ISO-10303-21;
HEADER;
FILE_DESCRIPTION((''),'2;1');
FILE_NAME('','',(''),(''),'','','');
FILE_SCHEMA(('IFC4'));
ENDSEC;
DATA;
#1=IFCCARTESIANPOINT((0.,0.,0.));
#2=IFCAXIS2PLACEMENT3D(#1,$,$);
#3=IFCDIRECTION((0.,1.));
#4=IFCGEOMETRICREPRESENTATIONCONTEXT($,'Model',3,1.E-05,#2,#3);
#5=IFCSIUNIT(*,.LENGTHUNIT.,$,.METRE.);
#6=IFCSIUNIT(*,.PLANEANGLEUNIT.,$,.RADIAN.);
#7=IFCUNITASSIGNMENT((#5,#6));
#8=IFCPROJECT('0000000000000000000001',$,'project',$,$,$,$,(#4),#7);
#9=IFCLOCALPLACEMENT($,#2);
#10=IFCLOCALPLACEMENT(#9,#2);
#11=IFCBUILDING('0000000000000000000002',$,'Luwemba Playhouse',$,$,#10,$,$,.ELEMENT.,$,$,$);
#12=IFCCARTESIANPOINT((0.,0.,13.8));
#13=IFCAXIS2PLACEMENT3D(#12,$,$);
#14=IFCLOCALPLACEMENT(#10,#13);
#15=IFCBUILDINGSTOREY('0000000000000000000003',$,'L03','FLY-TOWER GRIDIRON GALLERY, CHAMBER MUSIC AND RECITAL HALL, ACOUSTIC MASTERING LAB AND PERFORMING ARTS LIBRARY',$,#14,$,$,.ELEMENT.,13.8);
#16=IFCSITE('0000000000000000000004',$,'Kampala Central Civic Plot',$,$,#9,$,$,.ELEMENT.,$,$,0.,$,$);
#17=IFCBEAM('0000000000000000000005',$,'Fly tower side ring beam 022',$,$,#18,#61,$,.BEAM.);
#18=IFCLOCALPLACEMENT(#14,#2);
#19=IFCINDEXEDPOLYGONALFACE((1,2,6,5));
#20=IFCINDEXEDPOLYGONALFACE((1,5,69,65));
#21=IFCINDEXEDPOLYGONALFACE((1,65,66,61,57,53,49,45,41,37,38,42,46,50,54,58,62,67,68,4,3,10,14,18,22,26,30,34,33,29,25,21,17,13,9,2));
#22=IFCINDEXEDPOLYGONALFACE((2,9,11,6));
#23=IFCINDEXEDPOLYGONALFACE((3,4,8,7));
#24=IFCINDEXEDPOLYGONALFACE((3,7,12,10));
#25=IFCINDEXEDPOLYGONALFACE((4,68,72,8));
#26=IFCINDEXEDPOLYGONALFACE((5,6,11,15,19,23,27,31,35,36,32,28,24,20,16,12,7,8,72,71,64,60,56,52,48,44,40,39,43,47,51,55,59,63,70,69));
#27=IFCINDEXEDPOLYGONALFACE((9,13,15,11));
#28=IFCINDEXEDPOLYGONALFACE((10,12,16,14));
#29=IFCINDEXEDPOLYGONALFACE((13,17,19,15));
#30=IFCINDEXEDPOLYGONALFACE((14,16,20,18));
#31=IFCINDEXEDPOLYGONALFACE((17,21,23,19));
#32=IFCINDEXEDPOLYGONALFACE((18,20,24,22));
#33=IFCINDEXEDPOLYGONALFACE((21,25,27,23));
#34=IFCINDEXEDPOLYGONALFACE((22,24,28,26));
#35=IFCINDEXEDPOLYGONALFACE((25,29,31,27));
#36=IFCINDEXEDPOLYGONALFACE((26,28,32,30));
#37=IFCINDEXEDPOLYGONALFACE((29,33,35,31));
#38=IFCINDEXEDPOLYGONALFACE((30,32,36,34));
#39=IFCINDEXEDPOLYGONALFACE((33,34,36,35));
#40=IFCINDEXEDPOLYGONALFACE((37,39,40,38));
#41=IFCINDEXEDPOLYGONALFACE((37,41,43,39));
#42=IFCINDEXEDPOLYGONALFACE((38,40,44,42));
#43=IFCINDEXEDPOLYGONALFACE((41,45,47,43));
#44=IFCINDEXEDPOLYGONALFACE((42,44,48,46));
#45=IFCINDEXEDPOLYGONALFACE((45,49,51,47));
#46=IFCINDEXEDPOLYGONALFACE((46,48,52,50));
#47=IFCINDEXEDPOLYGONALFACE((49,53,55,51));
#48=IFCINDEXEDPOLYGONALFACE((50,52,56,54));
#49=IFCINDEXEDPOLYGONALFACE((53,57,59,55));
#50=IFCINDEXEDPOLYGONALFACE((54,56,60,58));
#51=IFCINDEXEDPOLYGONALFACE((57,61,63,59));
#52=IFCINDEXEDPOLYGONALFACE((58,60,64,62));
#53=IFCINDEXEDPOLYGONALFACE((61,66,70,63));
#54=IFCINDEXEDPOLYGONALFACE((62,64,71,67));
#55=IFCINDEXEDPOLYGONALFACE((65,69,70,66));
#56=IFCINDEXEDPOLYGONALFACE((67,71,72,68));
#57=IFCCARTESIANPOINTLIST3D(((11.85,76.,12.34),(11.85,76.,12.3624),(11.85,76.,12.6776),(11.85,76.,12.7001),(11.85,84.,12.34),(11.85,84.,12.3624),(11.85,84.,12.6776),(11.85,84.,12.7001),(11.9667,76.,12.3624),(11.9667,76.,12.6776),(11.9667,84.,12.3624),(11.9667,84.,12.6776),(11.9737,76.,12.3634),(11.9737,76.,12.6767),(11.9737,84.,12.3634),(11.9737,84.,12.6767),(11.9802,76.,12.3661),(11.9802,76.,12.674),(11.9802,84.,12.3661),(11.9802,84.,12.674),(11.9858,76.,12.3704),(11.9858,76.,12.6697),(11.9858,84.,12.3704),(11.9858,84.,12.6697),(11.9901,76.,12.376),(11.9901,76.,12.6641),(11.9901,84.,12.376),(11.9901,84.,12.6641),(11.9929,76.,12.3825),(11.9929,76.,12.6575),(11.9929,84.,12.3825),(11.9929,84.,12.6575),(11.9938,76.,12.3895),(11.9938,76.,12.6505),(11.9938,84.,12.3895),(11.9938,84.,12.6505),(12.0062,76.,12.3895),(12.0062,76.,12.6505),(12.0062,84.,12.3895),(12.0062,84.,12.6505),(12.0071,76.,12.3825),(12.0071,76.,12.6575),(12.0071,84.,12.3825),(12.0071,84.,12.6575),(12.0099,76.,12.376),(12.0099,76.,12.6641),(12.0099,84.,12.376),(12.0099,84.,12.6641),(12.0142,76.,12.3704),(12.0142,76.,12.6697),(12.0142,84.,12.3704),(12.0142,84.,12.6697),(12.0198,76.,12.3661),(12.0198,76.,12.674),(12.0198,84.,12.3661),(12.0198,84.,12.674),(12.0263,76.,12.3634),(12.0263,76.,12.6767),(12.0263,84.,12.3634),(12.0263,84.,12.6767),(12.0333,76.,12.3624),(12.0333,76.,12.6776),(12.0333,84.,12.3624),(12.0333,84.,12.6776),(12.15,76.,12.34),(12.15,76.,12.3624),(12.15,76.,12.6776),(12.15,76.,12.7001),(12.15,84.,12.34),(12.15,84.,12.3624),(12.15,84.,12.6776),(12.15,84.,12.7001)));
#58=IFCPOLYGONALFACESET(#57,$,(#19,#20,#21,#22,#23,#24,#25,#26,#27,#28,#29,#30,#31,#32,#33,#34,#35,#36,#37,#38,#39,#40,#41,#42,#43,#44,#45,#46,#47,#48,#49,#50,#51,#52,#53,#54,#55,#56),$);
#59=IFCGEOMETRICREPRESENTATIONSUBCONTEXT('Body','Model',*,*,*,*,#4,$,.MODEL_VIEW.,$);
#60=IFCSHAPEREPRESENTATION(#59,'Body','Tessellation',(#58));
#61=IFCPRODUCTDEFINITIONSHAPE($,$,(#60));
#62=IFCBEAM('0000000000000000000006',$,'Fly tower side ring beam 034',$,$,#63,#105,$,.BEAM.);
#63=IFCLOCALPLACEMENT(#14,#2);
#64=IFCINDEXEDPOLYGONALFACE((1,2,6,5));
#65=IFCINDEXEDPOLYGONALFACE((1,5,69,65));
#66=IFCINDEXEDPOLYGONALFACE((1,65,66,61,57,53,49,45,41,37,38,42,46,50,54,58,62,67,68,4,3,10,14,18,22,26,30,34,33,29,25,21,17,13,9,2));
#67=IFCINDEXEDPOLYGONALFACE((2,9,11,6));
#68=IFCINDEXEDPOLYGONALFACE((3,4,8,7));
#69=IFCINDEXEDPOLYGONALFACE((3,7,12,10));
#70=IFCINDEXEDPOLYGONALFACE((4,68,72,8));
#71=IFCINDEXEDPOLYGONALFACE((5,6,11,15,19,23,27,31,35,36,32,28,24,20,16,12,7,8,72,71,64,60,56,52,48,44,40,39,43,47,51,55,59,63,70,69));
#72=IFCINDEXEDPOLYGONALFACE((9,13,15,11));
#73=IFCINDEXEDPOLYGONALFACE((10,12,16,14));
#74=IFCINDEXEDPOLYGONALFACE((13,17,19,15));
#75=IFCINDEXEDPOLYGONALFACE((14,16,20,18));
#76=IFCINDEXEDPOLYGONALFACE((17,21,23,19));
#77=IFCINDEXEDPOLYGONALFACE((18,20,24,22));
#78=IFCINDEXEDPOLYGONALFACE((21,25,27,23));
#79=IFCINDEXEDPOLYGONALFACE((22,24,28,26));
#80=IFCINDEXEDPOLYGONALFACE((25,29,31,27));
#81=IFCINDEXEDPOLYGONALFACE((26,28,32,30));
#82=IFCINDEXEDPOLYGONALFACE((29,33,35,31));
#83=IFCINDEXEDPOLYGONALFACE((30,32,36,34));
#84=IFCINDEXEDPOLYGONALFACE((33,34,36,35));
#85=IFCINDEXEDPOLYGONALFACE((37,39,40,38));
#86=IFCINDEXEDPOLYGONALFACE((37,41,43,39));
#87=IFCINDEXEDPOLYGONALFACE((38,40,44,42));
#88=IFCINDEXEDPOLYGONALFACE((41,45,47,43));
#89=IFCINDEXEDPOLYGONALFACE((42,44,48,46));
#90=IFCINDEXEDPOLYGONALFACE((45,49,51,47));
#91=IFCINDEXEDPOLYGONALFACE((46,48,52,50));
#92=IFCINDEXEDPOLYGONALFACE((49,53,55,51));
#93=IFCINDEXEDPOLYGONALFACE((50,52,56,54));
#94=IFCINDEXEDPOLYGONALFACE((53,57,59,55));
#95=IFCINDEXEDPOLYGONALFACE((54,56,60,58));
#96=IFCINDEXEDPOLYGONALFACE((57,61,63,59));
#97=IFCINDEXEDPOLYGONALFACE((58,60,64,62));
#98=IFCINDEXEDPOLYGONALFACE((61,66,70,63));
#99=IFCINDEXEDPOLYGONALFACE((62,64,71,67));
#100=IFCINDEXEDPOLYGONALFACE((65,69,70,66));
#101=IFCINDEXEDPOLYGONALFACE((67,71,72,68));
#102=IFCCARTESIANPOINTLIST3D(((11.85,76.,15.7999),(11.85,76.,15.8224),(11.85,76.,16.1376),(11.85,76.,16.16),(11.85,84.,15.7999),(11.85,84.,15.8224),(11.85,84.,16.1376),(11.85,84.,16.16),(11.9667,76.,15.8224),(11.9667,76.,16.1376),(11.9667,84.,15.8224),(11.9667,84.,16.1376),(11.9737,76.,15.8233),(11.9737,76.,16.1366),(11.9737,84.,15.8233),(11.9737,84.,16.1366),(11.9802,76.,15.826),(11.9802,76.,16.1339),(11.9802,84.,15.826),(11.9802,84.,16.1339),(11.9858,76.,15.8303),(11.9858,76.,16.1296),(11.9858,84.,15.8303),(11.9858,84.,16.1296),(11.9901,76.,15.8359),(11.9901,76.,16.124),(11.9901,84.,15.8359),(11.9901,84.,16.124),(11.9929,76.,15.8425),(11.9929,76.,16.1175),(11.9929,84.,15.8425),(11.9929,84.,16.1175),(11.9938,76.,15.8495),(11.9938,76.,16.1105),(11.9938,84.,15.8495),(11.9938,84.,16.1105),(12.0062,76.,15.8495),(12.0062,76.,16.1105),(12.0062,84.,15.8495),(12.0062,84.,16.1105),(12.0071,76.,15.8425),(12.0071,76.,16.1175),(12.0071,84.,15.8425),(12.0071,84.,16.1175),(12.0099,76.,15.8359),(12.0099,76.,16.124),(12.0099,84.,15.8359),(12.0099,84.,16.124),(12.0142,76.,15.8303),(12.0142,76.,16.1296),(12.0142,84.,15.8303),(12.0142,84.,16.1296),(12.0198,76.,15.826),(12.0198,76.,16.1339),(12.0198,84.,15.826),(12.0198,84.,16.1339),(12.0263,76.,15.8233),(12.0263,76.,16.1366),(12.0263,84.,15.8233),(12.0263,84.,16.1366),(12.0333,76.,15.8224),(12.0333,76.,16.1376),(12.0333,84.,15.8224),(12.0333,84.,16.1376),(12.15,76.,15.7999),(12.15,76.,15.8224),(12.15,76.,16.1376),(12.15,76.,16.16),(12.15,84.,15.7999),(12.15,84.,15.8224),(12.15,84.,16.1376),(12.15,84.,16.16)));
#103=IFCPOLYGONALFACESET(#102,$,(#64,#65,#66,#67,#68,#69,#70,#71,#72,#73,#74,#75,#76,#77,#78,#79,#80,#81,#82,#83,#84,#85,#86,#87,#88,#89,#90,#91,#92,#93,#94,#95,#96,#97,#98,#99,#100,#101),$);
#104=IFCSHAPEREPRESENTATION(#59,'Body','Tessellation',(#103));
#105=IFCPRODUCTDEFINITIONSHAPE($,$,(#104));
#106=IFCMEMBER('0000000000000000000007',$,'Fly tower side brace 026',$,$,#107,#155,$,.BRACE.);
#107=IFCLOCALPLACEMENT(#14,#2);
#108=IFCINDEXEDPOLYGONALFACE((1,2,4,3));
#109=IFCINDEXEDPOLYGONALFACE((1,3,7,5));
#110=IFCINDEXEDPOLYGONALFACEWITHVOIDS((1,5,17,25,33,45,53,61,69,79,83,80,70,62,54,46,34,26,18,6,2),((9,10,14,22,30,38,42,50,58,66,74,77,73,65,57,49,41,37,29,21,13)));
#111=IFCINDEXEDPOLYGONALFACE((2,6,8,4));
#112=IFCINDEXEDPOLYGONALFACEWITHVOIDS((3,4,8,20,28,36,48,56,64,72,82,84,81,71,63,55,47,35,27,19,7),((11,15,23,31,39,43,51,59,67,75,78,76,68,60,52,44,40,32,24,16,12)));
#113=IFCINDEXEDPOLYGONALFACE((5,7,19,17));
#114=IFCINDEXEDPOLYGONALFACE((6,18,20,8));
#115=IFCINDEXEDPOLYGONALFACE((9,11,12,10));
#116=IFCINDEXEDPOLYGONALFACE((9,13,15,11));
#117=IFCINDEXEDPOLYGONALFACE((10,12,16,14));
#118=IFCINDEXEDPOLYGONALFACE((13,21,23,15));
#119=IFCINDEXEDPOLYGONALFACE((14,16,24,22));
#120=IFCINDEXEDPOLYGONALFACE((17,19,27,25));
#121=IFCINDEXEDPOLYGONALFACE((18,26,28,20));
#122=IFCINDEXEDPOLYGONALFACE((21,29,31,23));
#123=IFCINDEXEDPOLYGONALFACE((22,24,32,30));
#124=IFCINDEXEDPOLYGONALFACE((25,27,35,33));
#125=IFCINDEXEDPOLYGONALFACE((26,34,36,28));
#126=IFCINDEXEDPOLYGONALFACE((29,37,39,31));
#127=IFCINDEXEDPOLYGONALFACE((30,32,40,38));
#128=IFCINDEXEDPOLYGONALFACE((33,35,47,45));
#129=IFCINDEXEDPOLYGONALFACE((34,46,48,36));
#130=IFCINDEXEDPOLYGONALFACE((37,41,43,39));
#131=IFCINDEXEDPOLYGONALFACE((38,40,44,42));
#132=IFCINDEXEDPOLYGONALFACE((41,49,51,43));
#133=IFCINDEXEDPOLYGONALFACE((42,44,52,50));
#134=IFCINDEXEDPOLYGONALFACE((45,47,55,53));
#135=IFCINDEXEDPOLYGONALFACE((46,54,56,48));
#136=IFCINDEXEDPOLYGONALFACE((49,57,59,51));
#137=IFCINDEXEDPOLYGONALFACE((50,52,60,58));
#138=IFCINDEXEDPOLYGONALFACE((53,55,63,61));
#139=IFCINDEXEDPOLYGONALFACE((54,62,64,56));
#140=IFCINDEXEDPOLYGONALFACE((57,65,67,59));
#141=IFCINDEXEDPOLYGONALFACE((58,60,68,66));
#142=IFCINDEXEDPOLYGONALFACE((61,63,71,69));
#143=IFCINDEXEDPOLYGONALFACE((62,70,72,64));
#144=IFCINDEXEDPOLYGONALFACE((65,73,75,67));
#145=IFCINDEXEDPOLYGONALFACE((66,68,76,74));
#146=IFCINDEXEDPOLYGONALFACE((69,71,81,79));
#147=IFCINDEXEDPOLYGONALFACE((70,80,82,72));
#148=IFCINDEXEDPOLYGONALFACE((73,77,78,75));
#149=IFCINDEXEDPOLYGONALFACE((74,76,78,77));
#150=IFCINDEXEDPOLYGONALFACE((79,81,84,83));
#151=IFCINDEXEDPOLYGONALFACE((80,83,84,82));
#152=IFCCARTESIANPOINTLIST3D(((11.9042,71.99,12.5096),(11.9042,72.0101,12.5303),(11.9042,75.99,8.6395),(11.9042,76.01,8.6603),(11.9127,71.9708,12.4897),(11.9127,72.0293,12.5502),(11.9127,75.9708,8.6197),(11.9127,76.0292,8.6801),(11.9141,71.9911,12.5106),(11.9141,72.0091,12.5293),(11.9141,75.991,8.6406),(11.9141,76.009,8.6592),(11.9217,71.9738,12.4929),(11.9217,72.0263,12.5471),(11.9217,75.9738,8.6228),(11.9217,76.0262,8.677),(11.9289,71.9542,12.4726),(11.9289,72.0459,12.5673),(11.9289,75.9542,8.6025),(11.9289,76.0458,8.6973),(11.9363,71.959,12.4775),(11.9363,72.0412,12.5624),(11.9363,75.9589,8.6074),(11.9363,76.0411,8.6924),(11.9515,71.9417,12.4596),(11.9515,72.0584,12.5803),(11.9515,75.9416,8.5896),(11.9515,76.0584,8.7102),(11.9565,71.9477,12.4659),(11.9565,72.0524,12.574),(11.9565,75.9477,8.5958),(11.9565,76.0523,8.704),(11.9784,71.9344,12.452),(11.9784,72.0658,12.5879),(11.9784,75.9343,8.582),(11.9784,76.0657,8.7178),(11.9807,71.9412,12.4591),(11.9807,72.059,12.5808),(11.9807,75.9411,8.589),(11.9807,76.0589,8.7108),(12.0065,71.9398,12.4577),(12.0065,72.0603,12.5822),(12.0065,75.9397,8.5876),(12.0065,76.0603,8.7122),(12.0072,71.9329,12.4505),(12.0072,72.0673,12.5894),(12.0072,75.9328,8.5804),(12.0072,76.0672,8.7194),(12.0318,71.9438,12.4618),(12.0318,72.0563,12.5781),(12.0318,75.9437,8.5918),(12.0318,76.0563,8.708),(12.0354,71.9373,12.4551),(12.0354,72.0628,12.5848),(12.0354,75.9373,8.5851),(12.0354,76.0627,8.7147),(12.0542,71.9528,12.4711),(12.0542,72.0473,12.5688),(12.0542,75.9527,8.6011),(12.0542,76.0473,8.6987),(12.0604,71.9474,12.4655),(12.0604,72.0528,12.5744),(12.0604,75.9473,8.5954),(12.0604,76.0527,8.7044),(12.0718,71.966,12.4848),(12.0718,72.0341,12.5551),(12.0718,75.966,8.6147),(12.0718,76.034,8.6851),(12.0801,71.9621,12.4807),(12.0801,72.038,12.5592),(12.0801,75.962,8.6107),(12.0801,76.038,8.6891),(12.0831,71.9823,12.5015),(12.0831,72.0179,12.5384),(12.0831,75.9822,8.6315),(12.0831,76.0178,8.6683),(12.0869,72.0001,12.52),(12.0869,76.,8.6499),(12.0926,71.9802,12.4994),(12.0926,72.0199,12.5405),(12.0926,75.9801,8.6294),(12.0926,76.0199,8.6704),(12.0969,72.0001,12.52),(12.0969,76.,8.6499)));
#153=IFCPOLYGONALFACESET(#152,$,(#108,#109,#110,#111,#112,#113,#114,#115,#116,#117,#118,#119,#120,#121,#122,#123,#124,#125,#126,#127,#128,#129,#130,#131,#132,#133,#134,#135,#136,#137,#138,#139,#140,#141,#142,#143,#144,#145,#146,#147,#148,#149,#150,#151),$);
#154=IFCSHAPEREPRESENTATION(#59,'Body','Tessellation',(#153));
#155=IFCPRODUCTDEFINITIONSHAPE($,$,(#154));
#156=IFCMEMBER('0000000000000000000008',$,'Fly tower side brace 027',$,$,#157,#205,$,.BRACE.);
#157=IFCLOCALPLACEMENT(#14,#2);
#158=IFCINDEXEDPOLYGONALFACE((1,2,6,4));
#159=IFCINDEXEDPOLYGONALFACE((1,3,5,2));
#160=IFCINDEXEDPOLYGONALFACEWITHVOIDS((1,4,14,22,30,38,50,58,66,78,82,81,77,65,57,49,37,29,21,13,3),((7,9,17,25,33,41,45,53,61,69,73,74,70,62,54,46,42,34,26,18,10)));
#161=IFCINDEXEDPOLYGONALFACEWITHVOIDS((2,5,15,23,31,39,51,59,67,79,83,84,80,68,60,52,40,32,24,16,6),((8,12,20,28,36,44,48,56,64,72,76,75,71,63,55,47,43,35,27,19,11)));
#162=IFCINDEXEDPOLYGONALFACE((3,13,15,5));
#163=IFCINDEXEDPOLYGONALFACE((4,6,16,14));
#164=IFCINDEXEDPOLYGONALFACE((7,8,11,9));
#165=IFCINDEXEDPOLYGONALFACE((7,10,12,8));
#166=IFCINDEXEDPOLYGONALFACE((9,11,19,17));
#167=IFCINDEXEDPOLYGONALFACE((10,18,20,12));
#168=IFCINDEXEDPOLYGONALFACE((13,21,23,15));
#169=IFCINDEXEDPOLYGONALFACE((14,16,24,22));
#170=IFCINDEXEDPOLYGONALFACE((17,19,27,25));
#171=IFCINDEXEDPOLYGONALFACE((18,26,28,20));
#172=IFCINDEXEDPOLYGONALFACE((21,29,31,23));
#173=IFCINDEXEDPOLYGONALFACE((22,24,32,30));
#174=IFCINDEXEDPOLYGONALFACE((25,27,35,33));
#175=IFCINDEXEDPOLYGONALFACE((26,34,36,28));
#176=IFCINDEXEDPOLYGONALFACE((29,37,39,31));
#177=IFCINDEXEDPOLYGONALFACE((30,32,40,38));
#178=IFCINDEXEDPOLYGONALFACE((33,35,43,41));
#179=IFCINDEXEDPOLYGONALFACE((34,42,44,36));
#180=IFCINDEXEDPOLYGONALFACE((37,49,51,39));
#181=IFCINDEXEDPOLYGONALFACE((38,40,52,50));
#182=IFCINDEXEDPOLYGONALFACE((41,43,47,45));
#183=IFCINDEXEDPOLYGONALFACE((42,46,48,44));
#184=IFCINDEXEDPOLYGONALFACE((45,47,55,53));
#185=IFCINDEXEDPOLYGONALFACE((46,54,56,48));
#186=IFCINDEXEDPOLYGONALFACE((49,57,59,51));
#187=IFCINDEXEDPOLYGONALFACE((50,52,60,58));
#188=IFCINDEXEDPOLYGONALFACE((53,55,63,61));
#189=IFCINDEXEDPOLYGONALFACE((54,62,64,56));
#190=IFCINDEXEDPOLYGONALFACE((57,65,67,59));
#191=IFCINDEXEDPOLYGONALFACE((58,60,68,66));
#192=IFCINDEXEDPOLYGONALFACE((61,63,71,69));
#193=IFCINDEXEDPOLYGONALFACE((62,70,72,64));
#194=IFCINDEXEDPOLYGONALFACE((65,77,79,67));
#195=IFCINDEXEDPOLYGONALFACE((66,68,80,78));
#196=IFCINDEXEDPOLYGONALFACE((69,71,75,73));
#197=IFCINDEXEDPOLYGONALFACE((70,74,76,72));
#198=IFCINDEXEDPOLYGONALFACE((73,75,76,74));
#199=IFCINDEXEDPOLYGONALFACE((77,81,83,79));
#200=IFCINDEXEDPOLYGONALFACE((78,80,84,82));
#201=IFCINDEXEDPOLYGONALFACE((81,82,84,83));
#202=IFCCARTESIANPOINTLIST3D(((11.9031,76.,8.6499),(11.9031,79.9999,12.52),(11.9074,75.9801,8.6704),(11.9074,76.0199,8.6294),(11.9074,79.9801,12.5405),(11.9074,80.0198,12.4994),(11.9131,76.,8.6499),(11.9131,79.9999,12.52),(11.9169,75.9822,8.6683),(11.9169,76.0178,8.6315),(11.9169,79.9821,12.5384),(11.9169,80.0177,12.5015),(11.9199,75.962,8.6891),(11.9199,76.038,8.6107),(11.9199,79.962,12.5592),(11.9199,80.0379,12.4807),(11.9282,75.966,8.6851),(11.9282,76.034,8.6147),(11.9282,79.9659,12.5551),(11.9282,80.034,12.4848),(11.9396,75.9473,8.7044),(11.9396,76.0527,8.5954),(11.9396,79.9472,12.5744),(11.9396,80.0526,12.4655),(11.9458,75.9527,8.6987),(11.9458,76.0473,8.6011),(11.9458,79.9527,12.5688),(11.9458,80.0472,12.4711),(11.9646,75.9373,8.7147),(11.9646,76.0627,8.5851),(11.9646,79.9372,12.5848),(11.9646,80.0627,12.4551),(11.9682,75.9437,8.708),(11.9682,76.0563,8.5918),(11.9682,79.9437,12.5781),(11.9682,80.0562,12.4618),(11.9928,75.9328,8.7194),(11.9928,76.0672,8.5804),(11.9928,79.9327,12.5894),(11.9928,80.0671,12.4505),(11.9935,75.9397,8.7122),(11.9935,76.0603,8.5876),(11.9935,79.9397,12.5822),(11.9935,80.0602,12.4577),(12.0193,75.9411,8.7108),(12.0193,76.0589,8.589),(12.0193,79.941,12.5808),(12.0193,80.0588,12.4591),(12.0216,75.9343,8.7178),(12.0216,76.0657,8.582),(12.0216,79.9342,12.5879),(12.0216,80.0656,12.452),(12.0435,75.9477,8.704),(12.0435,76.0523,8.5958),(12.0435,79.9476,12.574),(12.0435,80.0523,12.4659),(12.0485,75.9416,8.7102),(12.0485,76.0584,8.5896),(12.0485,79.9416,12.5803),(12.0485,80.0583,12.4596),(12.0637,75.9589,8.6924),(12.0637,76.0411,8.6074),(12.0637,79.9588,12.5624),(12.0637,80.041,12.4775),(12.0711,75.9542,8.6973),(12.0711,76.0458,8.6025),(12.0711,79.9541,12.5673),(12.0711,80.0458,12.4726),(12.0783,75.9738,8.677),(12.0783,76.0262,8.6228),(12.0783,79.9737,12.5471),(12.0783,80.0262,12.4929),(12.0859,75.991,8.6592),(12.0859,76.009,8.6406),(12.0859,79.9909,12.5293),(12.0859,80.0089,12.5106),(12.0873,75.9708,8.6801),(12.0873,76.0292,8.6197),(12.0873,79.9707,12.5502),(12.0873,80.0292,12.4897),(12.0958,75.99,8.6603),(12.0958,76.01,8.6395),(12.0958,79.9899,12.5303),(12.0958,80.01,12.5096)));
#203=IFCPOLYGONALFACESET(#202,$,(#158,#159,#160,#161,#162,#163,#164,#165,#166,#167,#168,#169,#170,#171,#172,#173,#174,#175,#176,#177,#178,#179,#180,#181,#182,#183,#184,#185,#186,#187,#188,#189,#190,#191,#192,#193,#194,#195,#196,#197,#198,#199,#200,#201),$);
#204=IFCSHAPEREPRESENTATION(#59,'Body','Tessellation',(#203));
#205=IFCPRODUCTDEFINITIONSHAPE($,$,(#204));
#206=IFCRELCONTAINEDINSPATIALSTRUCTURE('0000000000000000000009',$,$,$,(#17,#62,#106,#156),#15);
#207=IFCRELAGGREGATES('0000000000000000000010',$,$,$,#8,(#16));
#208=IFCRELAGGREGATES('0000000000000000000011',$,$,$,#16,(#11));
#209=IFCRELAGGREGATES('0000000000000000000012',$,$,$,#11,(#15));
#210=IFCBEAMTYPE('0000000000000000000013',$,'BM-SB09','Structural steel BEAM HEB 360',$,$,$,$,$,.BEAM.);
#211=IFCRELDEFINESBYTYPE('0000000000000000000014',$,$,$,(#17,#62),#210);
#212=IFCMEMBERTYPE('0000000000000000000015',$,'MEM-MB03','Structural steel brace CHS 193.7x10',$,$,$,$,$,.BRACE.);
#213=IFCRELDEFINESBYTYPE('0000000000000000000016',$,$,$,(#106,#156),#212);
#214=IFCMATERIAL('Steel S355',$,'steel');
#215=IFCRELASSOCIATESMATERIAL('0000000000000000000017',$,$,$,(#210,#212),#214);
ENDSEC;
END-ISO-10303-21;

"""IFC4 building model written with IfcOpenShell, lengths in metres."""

from ifc_helpers import new_model, si_unit, direction, frame, origin, origin_2d, place, context, subcontext, project, spatial, hollow_circle, i_section, extrude, material, material_profile, profile_set, type_object, element, save


model = new_model("IFC4")

# Units and contexts
model_context = context("Model", 3, precision=1e-05, world=origin(), true_north=direction((0.0, 1.0)))
body_context = subcontext(model_context, "Body", "Model", "MODEL_VIEW")
ifc_project = project(units=[si_unit("LENGTHUNIT", "METRE"), si_unit("PLANEANGLEUNIT", "RADIAN")], contexts=[model_context])

# Site, building, storey
site_placement = place(None, origin())
site = spatial("IfcSite", under=ifc_project, at=site_placement, Name="Kampala Central Civic Plot", CompositionType="ELEMENT", RefElevation=0.0)
building_placement = place(site_placement, origin())
building = spatial("IfcBuilding", under=site, at=building_placement, Name="Luwemba Playhouse", CompositionType="ELEMENT")
storey_placement = place(building_placement, frame((0.0, 0.0, 13.8)))
storey = spatial("IfcBuildingStorey", under=building, at=storey_placement, Name="L03", Description="FLY-TOWER GRIDIRON GALLERY, CHAMBER MUSIC AND RECITAL HALL, ACOUSTIC MASTERING LAB AND PERFORMING ARTS LIBRARY", CompositionType="ELEMENT", Elevation=13.8)

# Shared definitions
ifc_material_1 = material(Name="Steel S355", Category="steel")

# Beams
ifc_material_profile_1 = material_profile(ifc_material_1, i_section(OverallWidth=0.3, OverallDepth=0.3601, WebThickness=0.0125, FlangeThickness=0.0225, FilletRadius=0.0271, at=origin_2d()))
ifc_profile_set_1 = profile_set([ifc_material_profile_1], Name="Steel S355")
beam_type = type_object("IfcBeamType", Name="BM-SB09", Description="Structural steel BEAM HEB 360", PredefinedType="BEAM", material=ifc_profile_set_1)
for number, where, z_axis, x_axis, name in (
    (1, (12.0, 76.0, 12.52), (0.0, 1.0, 0.0), (-1.0, 0.0, 0.0), "Fly tower side ring beam 022"),
    (2, (12.0, 76.0, 15.98), (0.0, 1.0, 0.0), (-1.0, 0.0, 0.0), "Fly tower side ring beam 034"),
):
    element("IfcBeam", number, at=place(storey_placement, frame(where, z_axis=z_axis, x_axis=x_axis)), inside=storey, type_object=beam_type, Name=name, PredefinedType="BEAM", context=body_context, shape_type="SweptSolid", body=[
        extrude(i_section(OverallWidth=0.3, OverallDepth=0.3601, WebThickness=0.0125, FlangeThickness=0.0225, FilletRadius=0.0271, at=origin_2d()), origin(), (0.0, 0.0, 1.0), 8.0),
    ])

# Members
ifc_material_profile_2 = material_profile(ifc_material_1, hollow_circle(Radius=0.0969, WallThickness=0.01, at=origin_2d()))
ifc_profile_set_2 = profile_set([ifc_material_profile_2], Name="Steel S355")
member_type_1 = type_object("IfcMemberType", Name="MEM-MB03", Description="Structural steel brace CHS 193.7x10", PredefinedType="BRACE", material=ifc_profile_set_2)
for number, where, z_axis, x_axis, name in (
    (3, (12.0, 76.0, 8.6499), (0.0, -0.718679, 0.695343), (1.0, 0.0, 0.0), "Fly tower side brace 026"),
    (4, (12.0, 76.0, 8.6499), (0.0, 0.718679, 0.695343), (-1.0, 0.0, 0.0), "Fly tower side brace 027"),
):
    element("IfcMember", number, at=place(storey_placement, frame(where, z_axis=z_axis, x_axis=x_axis)), inside=storey, type_object=member_type_1, Name=name, PredefinedType="BRACE", context=body_context, shape_type="SweptSolid", body=[
        extrude(hollow_circle(Radius=0.0969, WallThickness=0.01, at=origin_2d()), origin(), (0.0, 0.0, 1.0), 5.5657),
    ])

save(model, "model.ifc")
